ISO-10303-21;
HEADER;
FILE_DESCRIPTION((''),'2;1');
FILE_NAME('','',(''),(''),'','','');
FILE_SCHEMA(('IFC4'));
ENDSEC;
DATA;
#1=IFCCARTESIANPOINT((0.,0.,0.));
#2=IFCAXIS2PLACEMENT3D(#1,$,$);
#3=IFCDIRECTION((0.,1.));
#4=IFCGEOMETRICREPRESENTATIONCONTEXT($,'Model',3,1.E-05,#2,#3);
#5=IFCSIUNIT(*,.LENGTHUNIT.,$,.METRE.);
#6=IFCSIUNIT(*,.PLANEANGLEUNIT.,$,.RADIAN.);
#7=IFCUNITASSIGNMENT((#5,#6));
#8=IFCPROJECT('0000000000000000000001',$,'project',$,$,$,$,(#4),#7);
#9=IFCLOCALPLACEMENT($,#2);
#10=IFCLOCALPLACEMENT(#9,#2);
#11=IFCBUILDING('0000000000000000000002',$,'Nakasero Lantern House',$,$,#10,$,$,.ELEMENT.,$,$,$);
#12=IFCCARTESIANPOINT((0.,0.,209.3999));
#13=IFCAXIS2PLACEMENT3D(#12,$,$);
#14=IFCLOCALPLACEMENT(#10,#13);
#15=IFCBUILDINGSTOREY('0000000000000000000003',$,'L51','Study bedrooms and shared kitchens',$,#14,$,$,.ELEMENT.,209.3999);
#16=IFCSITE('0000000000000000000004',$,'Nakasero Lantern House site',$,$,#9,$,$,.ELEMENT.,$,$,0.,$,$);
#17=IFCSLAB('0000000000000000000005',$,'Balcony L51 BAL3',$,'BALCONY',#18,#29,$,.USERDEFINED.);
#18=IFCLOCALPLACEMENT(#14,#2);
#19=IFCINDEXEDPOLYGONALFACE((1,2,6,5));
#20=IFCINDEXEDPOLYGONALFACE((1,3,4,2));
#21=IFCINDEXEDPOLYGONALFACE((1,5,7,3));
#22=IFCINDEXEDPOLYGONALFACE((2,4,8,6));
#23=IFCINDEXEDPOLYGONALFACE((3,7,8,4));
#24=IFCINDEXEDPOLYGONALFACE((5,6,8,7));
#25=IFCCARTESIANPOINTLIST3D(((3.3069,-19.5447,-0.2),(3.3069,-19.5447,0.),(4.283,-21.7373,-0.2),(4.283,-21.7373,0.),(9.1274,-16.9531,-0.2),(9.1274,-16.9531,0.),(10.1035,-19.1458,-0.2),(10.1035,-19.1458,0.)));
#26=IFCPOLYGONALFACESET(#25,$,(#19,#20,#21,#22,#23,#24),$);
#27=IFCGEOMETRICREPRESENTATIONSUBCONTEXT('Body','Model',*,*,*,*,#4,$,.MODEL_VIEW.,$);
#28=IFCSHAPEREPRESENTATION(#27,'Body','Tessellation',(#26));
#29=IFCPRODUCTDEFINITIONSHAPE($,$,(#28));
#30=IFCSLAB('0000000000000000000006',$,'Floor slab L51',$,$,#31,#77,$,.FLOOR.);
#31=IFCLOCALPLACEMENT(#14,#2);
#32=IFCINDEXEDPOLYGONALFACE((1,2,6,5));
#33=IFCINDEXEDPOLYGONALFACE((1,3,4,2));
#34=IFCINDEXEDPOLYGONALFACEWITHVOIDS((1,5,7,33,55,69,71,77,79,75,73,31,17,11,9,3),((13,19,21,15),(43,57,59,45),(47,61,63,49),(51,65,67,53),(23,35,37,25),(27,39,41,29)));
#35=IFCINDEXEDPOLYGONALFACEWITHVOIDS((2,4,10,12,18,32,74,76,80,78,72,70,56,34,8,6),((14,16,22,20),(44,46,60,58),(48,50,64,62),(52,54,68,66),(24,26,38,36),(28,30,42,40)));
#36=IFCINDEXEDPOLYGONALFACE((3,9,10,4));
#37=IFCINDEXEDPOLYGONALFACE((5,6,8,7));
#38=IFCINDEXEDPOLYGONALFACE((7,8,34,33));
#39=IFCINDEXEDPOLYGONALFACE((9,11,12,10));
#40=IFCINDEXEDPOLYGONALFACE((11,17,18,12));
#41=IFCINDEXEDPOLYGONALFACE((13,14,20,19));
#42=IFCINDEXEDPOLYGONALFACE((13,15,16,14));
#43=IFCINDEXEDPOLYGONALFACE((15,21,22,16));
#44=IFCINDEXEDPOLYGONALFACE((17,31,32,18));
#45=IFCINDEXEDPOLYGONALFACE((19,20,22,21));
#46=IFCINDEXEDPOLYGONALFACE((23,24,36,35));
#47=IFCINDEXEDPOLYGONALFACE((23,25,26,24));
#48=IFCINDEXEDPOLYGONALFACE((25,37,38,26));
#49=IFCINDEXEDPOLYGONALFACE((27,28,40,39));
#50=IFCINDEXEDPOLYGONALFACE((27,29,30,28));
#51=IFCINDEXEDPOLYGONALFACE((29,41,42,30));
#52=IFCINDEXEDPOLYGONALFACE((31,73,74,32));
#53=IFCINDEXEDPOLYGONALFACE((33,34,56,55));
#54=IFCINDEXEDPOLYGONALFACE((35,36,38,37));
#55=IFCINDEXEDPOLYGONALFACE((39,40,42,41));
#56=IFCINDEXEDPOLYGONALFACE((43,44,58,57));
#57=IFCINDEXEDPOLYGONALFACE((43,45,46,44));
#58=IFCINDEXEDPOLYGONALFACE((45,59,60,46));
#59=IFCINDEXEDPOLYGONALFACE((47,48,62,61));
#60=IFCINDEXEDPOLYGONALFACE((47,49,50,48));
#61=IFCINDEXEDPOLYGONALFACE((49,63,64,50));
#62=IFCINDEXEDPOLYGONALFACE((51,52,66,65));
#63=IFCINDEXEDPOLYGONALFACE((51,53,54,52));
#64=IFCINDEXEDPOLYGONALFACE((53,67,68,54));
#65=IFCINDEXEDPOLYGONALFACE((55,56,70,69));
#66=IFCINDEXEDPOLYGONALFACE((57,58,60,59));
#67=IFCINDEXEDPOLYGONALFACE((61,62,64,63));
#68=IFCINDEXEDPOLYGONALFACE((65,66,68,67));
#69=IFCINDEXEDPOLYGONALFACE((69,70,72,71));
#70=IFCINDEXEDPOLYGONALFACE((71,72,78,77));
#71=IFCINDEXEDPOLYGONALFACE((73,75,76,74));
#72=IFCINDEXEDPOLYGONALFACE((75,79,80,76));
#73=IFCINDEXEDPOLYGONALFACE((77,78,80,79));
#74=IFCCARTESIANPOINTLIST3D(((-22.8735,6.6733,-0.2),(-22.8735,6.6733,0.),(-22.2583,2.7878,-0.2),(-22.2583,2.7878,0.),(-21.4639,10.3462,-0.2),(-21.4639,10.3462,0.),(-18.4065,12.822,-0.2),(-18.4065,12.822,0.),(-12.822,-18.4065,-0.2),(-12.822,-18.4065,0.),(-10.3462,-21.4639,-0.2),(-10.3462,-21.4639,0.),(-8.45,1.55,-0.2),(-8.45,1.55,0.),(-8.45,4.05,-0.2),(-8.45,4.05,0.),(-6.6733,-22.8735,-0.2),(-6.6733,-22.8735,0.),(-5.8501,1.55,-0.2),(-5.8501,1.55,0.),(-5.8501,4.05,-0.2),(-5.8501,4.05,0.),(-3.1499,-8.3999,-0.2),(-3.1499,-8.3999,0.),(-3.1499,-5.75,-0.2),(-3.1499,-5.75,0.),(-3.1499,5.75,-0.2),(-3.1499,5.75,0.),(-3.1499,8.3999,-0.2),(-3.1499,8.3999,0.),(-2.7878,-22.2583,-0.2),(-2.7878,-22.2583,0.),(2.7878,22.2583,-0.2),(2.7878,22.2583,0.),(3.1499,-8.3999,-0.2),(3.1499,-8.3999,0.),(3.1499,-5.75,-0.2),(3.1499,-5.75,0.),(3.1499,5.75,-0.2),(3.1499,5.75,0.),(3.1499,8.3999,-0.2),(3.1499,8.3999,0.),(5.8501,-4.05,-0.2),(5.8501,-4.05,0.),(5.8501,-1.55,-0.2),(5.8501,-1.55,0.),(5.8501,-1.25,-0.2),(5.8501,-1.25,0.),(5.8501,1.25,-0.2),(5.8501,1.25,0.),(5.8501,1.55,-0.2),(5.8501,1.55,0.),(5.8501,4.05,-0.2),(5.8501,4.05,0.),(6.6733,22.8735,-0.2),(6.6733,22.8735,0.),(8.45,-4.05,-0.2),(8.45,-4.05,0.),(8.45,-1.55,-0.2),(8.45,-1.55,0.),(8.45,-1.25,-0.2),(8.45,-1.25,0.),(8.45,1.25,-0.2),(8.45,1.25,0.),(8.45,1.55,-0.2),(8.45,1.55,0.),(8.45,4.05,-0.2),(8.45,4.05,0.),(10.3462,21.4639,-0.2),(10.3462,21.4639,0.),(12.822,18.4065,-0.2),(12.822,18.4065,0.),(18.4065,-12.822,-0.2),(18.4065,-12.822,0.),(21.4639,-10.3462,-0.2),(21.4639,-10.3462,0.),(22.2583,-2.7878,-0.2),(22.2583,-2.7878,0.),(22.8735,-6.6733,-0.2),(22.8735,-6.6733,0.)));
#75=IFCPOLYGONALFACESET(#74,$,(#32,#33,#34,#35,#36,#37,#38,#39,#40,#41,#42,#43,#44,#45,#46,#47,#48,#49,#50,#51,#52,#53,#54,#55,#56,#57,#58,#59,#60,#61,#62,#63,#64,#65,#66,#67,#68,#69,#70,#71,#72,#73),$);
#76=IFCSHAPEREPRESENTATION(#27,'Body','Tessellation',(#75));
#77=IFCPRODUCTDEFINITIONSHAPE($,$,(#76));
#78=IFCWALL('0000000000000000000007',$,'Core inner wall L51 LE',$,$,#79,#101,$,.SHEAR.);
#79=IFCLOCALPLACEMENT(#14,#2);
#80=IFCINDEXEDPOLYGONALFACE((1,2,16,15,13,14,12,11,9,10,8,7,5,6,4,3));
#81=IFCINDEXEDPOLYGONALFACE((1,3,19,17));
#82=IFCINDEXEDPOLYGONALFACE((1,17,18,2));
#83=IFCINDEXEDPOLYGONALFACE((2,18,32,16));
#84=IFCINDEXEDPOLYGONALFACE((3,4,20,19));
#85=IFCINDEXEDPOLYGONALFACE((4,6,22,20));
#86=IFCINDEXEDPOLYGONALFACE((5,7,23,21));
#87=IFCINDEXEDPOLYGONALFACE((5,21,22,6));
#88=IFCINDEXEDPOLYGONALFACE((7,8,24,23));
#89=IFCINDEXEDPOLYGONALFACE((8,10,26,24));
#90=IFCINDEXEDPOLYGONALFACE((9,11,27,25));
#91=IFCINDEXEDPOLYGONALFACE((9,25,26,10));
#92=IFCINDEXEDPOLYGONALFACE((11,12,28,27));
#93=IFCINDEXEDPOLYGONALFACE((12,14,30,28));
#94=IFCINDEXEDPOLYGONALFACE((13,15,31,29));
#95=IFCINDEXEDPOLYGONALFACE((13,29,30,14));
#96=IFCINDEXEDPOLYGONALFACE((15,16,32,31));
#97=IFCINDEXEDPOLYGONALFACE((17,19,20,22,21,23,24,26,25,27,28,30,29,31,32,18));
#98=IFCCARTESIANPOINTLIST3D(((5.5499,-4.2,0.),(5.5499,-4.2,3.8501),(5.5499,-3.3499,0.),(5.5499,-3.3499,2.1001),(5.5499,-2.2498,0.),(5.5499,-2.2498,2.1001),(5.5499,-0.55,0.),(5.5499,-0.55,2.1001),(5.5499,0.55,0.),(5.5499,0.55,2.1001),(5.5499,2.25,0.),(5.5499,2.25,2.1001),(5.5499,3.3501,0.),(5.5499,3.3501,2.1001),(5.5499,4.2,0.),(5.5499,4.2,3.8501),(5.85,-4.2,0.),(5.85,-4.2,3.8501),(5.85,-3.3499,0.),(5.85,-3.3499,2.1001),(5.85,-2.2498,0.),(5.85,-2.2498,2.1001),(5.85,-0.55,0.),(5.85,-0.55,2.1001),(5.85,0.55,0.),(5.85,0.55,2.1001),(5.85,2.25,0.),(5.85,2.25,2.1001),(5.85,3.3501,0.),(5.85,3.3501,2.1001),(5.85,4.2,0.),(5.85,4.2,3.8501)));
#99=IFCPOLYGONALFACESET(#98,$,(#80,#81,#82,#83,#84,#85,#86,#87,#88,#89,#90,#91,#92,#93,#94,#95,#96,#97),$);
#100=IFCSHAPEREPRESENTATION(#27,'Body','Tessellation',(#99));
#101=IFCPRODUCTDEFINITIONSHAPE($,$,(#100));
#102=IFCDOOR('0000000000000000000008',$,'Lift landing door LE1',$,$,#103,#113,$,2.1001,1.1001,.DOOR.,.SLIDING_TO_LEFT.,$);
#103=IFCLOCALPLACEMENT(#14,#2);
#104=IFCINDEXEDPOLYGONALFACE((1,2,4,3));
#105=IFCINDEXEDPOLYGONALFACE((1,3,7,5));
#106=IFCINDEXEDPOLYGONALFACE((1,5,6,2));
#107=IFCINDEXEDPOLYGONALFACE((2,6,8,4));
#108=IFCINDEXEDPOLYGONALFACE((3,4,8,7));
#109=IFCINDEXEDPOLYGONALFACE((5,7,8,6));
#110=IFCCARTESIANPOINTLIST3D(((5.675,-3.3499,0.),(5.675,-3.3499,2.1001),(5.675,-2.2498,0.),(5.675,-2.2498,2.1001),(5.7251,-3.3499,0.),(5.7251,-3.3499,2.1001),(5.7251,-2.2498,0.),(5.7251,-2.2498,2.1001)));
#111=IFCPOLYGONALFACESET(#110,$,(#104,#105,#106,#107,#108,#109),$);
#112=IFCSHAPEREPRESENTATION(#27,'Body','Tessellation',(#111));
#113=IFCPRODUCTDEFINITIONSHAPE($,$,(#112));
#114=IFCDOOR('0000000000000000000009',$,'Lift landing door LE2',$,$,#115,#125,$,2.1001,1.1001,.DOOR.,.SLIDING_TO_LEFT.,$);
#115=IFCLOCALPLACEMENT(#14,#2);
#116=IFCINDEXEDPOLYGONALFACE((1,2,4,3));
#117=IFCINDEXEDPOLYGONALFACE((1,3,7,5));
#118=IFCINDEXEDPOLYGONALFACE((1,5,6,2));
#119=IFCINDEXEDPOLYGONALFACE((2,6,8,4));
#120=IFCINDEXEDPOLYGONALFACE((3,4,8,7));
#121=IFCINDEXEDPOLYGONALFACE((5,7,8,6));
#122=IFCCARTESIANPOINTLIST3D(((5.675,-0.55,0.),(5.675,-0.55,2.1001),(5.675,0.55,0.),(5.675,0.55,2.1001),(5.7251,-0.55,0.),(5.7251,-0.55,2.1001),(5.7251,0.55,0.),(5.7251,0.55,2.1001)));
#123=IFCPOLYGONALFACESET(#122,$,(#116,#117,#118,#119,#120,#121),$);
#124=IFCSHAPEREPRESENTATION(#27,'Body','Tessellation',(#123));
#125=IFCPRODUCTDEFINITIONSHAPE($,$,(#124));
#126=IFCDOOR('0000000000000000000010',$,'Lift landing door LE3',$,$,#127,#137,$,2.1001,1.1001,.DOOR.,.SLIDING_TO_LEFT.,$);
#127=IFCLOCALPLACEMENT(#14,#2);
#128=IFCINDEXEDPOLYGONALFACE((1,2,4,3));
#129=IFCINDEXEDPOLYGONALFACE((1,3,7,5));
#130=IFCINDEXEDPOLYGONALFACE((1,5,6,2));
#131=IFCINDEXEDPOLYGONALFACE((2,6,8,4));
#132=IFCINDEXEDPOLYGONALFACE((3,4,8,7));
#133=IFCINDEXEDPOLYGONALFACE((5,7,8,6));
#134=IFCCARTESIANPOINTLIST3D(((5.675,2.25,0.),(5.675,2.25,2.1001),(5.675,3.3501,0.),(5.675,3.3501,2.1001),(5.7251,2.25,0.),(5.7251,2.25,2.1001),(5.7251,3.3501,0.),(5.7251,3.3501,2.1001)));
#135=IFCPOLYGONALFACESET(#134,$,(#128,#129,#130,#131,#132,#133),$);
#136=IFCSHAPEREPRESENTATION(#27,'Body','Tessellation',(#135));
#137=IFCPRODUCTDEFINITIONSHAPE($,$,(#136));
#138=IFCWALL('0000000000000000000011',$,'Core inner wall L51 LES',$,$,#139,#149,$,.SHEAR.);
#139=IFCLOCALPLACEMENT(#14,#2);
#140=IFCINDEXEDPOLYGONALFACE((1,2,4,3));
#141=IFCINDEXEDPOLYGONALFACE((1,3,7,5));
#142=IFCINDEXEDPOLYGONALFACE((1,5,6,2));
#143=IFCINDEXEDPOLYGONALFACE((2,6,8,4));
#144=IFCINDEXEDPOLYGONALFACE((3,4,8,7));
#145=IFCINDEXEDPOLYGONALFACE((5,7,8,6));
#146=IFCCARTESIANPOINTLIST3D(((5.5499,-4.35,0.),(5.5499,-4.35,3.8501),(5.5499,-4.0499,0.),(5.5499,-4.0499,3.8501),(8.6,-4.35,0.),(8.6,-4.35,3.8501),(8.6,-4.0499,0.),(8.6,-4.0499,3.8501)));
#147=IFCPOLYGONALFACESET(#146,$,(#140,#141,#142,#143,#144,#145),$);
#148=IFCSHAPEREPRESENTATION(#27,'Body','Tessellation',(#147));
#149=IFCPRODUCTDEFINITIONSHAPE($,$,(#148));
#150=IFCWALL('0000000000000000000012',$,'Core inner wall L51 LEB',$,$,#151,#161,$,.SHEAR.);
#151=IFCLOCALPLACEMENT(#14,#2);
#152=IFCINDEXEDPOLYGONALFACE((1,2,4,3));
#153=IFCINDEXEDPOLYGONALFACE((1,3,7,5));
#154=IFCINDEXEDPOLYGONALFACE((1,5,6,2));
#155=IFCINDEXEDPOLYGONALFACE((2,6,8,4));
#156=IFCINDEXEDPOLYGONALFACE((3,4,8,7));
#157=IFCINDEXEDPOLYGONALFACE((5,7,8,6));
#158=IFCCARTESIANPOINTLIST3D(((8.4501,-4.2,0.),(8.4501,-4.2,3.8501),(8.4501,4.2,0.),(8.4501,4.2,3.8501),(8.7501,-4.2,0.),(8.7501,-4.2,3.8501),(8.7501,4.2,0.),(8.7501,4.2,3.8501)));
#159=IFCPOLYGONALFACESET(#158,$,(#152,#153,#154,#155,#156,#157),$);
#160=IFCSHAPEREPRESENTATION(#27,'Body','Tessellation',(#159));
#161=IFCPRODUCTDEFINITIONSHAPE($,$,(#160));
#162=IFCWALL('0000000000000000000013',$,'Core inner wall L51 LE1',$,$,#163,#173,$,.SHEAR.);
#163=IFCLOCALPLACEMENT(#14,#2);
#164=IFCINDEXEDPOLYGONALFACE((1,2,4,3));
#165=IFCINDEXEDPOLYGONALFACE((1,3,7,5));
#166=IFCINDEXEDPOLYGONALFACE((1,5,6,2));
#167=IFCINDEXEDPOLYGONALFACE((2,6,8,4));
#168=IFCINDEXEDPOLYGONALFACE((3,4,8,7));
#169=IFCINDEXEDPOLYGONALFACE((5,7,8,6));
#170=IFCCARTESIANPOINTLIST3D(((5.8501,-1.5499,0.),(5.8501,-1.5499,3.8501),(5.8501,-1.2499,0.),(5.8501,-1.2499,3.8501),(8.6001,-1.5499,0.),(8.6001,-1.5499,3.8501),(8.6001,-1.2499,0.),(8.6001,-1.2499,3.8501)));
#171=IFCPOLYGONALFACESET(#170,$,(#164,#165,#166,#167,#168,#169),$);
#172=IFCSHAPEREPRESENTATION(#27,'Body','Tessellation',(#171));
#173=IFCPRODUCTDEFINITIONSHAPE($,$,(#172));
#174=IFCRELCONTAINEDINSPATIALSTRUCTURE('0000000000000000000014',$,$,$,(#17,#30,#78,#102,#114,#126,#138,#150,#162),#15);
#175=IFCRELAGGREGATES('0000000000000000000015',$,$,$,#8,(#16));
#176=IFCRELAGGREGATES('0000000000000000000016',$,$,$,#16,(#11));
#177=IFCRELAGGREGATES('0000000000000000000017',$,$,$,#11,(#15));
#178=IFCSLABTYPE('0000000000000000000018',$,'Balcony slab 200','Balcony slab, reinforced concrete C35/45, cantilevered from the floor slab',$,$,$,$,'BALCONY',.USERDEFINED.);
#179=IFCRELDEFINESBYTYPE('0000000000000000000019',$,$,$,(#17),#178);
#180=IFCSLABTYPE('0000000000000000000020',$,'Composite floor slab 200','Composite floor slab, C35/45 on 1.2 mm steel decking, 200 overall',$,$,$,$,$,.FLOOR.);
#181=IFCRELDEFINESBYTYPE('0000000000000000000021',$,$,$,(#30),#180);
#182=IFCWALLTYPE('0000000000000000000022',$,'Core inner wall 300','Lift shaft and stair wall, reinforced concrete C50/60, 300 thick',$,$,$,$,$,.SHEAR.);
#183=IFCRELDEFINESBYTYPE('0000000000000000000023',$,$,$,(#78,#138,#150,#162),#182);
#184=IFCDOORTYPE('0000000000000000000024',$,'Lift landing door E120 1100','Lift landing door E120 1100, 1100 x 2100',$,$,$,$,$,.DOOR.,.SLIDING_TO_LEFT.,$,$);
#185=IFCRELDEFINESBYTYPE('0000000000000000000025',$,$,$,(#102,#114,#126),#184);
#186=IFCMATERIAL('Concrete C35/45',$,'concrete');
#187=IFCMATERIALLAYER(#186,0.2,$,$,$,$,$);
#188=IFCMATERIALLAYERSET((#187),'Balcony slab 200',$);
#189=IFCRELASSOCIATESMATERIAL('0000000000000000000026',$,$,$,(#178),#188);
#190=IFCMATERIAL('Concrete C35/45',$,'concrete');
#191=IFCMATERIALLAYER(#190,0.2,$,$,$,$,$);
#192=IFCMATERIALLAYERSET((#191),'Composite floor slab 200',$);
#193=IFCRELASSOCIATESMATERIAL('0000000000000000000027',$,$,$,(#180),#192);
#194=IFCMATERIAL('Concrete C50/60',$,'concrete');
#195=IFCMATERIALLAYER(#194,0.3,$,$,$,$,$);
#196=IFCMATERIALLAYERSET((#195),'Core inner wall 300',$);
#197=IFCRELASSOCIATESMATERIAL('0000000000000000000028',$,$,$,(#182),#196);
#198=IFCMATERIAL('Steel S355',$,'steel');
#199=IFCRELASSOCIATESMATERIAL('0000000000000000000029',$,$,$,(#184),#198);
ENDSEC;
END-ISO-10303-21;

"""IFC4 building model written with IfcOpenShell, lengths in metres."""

from ifc_helpers import new_model, si_unit, direction, frame, frame_2d, origin, place, context, subcontext, project, spatial, polyline, rectangle, outline, extrude, material, layer, layer_set, type_object, element, fill, save


model = new_model("IFC4")

# Units and contexts
model_context = context("Model", 3, precision=1e-05, world=origin(), true_north=direction((0.0, 1.0)))
body_context = subcontext(model_context, "Body", "Model", "MODEL_VIEW")
ifc_project = project(units=[si_unit("LENGTHUNIT", "METRE"), si_unit("PLANEANGLEUNIT", "RADIAN")], contexts=[model_context])

# Site, building, storey
site_placement = place(None, origin())
site = spatial("IfcSite", under=ifc_project, at=site_placement, Name="Nakasero Lantern House site", CompositionType="ELEMENT", RefElevation=0.0)
building_placement = place(site_placement, origin())
building = spatial("IfcBuilding", under=site, at=building_placement, Name="Nakasero Lantern House", CompositionType="ELEMENT")
storey_placement = place(building_placement, frame((0.0, 0.0, 209.3999)))
storey = spatial("IfcBuildingStorey", under=building, at=storey_placement, Name="L51", Description="Study bedrooms and shared kitchens", CompositionType="ELEMENT", Elevation=209.3999)

# Slabs
ifc_material_1 = material(Name="Concrete C35/45", Category="concrete")
ifc_layer_1 = layer(ifc_material_1, 0.2)
ifc_layer_set_1 = layer_set([ifc_layer_1], Name="Balcony slab 200")
slab_type_1 = type_object("IfcSlabType", Name="Balcony slab 200", Description="Balcony slab, reinforced concrete C35/45, cantilevered from the floor slab", ElementType="BALCONY", PredefinedType="USERDEFINED", material=ifc_layer_set_1)
slab_1_placement = place(storey_placement, frame((0.0, 0.0, -0.2)))
element("IfcSlab", 1, at=slab_1_placement, inside=storey, type_object=slab_type_1, Name="Balcony L51 BAL3", ObjectType="BALCONY", PredefinedType="USERDEFINED", context=body_context, shape_type="SweptSolid", body=[
    extrude(outline(polyline([(3.3069, -19.5447), (4.283, -21.7373), (10.1035, -19.1458), (9.1274, -16.9531), (3.3069, -19.5447)])), origin(), (0.0, 0.0, 1.0), 0.2),
])
ifc_material_2 = material(Name="Concrete C35/45", Category="concrete")
ifc_layer_2 = layer(ifc_material_2, 0.2)
ifc_layer_set_2 = layer_set([ifc_layer_2], Name="Composite floor slab 200")
slab_type_2 = type_object("IfcSlabType", Name="Composite floor slab 200", Description="Composite floor slab, C35/45 on 1.2 mm steel decking, 200 overall", PredefinedType="FLOOR", material=ifc_layer_set_2)
slab_2_placement = place(storey_placement, frame((0.0, 0.0, -0.2)))
element("IfcSlab", 2, at=slab_2_placement, inside=storey, type_object=slab_type_2, Name="Floor slab L51", PredefinedType="FLOOR", context=body_context, shape_type="SweptSolid", body=[
    extrude(outline(polyline([(12.822, 18.4065), (10.3462, 21.4639), (6.6733, 22.8735), (2.7878, 22.2583), (-18.4065, 12.822), (-21.4639, 10.3462), (-22.8735, 6.6733), (-22.2583, 2.7878), (-12.822, -18.4065), (-10.3462, -21.4639), (-6.6733, -22.8735), (-2.7878, -22.2583), (18.4065, -12.822), (21.4639, -10.3462), (22.8735, -6.6733), (22.2583, -2.7878), (12.822, 18.4065)]), holes=[polyline([(-8.45, 1.55), (-5.8501, 1.55), (-5.8501, 4.05), (-8.45, 4.05), (-8.45, 1.55)]), polyline([(5.8501, -4.05), (8.45, -4.05), (8.45, -1.55), (5.8501, -1.55), (5.8501, -4.05)]), polyline([(5.8501, -1.25), (8.45, -1.25), (8.45, 1.25), (5.8501, 1.25), (5.8501, -1.25)]), polyline([(5.8501, 1.55), (8.45, 1.55), (8.45, 4.05), (5.8501, 4.05), (5.8501, 1.55)]), polyline([(-3.1499, 5.75), (3.1499, 5.75), (3.1499, 8.3999), (-3.1499, 8.3999), (-3.1499, 5.75)]), polyline([(-3.1499, -8.3999), (3.1499, -8.3999), (3.1499, -5.75), (-3.1499, -5.75), (-3.1499, -8.3999)])]), origin(), (0.0, 0.0, 1.0), 0.2),
])

# Wall, openings, doors
ifc_material_3 = material(Name="Concrete C50/60", Category="concrete")
ifc_layer_3 = layer(ifc_material_3, 0.3)
ifc_layer_set_3 = layer_set([ifc_layer_3], Name="Core inner wall 300")
wall_type_1 = type_object("IfcWallType", Name="Core inner wall 300", Description="Lift shaft and stair wall, reinforced concrete C50/60, 300 thick", PredefinedType="SHEAR", material=ifc_layer_set_3)
wall_1_placement = place(storey_placement, frame((5.7, -4.2, 0.0), z_axis=(0.0, 0.0, 1.0), x_axis=(0.0, 1.0, 0.0)))
wall_1 = element("IfcWall", 3, at=wall_1_placement, inside=storey, type_object=wall_type_1, Name="Core inner wall L51 LE", PredefinedType="SHEAR", context=body_context, shape_type="SweptSolid", body=[
    extrude(rectangle(XDim=8.3999, YDim=0.3, at=frame_2d((4.2, 0.0))), origin(), (0.0, 0.0, 1.0), 3.8501),
])
opening_1_placement = place(wall_1_placement, frame((0.8501, 0.0, 0.0)))
opening_1 = element("IfcOpeningElement", 4, at=opening_1_placement, cuts=wall_1, PredefinedType="OPENING", context=body_context, shape_type="SweptSolid", body=[
    extrude(rectangle(XDim=1.1001, YDim=2.1001, at=frame_2d((0.55, 1.05))), frame((0.0, 0.1699, 0.0), z_axis=(0.0, -1.0, 0.0), x_axis=(1.0, 0.0, 0.0)), (0.0, 0.0, 1.0), 0.3401),
])
opening_2_placement = place(wall_1_placement, frame((3.6499, 0.0, 0.0)))
opening_2 = element("IfcOpeningElement", 5, at=opening_2_placement, cuts=wall_1, PredefinedType="OPENING", context=body_context, shape_type="SweptSolid", body=[
    extrude(rectangle(XDim=1.1001, YDim=2.1001, at=frame_2d((0.55, 1.05))), frame((0.0, 0.1699, 0.0), z_axis=(0.0, -1.0, 0.0), x_axis=(1.0, 0.0, 0.0)), (0.0, 0.0, 1.0), 0.3401),
])
opening_3_placement = place(wall_1_placement, frame((6.45, 0.0, 0.0)))
opening_3 = element("IfcOpeningElement", 6, at=opening_3_placement, cuts=wall_1, PredefinedType="OPENING", context=body_context, shape_type="SweptSolid", body=[
    extrude(rectangle(XDim=1.1001, YDim=2.1001, at=frame_2d((0.55, 1.05))), frame((0.0, 0.1699, 0.0), z_axis=(0.0, -1.0, 0.0), x_axis=(1.0, 0.0, 0.0)), (0.0, 0.0, 1.0), 0.3401),
])
ifc_material_4 = material(Name="Steel S355", Category="steel")
door_type_1 = type_object("IfcDoorType", Name="Lift landing door E120 1100", Description="Lift landing door E120 1100, 1100 x 2100", OperationType="SLIDING_TO_LEFT", PredefinedType="DOOR", material=ifc_material_4)
door_1_placement = place(opening_1_placement, origin())
door_1 = element("IfcDoor", 7, at=door_1_placement, inside=storey, type_object=door_type_1, Name="Lift landing door LE1", OperationType="SLIDING_TO_LEFT", OverallHeight=2.1001, OverallWidth=1.1001, PredefinedType="DOOR", context=body_context, shape_type="SweptSolid", body=[
    extrude(rectangle(XDim=1.1001, YDim=2.1001, at=frame_2d((0.55, 1.05))), frame((0.0, 0.0249, 0.0), z_axis=(0.0, -1.0, 0.0), x_axis=(1.0, 0.0, 0.0)), (0.0, 0.0, 1.0), 0.05),
])
fill(opening_1, door_1)
door_2_placement = place(opening_2_placement, origin())
door_2 = element("IfcDoor", 8, at=door_2_placement, inside=storey, type_object=door_type_1, Name="Lift landing door LE2", OperationType="SLIDING_TO_LEFT", OverallHeight=2.1001, OverallWidth=1.1001, PredefinedType="DOOR", context=body_context, shape_type="SweptSolid", body=[
    extrude(rectangle(XDim=1.1001, YDim=2.1001, at=frame_2d((0.55, 1.05))), frame((0.0, 0.0249, 0.0), z_axis=(0.0, -1.0, 0.0), x_axis=(1.0, 0.0, 0.0)), (0.0, 0.0, 1.0), 0.05),
])
fill(opening_2, door_2)
door_3_placement = place(opening_3_placement, origin())
door_3 = element("IfcDoor", 9, at=door_3_placement, inside=storey, type_object=door_type_1, Name="Lift landing door LE3", OperationType="SLIDING_TO_LEFT", OverallHeight=2.1001, OverallWidth=1.1001, PredefinedType="DOOR", context=body_context, shape_type="SweptSolid", body=[
    extrude(rectangle(XDim=1.1001, YDim=2.1001, at=frame_2d((0.55, 1.05))), frame((0.0, 0.0249, 0.0), z_axis=(0.0, -1.0, 0.0), x_axis=(1.0, 0.0, 0.0)), (0.0, 0.0, 1.0), 0.05),
])
fill(opening_3, door_3)

# Walls
wall_2_placement = place(storey_placement, frame((5.55, -4.2, 0.0), z_axis=(0.0, 0.0, 1.0), x_axis=(1.0, 0.0, 0.0)))
element("IfcWall", 10, at=wall_2_placement, inside=storey, type_object=wall_type_1, Name="Core inner wall L51 LES", PredefinedType="SHEAR", context=body_context, shape_type="SweptSolid", body=[
    extrude(rectangle(XDim=3.05, YDim=0.3, at=frame_2d((1.5249, 0.0))), origin(), (0.0, 0.0, 1.0), 3.8501),
])
wall_3_placement = place(storey_placement, frame((8.6001, -4.2, 0.0), z_axis=(0.0, 0.0, 1.0), x_axis=(0.0, 1.0, 0.0)))
element("IfcWall", 11, at=wall_3_placement, inside=storey, type_object=wall_type_1, Name="Core inner wall L51 LEB", PredefinedType="SHEAR", context=body_context, shape_type="SweptSolid", body=[
    extrude(rectangle(XDim=8.3999, YDim=0.3, at=frame_2d((4.2, 0.0))), origin(), (0.0, 0.0, 1.0), 3.8501),
])
wall_4_placement = place(storey_placement, frame((5.8501, -1.3999, 0.0), z_axis=(0.0, 0.0, 1.0), x_axis=(1.0, 0.0, 0.0)))
element("IfcWall", 12, at=wall_4_placement, inside=storey, type_object=wall_type_1, Name="Core inner wall L51 LE1", PredefinedType="SHEAR", context=body_context, shape_type="SweptSolid", body=[
    extrude(rectangle(XDim=2.75, YDim=0.3, at=frame_2d((1.375, 0.0))), origin(), (0.0, 0.0, 1.0), 3.8501),
])

save(model, "model.ifc")
